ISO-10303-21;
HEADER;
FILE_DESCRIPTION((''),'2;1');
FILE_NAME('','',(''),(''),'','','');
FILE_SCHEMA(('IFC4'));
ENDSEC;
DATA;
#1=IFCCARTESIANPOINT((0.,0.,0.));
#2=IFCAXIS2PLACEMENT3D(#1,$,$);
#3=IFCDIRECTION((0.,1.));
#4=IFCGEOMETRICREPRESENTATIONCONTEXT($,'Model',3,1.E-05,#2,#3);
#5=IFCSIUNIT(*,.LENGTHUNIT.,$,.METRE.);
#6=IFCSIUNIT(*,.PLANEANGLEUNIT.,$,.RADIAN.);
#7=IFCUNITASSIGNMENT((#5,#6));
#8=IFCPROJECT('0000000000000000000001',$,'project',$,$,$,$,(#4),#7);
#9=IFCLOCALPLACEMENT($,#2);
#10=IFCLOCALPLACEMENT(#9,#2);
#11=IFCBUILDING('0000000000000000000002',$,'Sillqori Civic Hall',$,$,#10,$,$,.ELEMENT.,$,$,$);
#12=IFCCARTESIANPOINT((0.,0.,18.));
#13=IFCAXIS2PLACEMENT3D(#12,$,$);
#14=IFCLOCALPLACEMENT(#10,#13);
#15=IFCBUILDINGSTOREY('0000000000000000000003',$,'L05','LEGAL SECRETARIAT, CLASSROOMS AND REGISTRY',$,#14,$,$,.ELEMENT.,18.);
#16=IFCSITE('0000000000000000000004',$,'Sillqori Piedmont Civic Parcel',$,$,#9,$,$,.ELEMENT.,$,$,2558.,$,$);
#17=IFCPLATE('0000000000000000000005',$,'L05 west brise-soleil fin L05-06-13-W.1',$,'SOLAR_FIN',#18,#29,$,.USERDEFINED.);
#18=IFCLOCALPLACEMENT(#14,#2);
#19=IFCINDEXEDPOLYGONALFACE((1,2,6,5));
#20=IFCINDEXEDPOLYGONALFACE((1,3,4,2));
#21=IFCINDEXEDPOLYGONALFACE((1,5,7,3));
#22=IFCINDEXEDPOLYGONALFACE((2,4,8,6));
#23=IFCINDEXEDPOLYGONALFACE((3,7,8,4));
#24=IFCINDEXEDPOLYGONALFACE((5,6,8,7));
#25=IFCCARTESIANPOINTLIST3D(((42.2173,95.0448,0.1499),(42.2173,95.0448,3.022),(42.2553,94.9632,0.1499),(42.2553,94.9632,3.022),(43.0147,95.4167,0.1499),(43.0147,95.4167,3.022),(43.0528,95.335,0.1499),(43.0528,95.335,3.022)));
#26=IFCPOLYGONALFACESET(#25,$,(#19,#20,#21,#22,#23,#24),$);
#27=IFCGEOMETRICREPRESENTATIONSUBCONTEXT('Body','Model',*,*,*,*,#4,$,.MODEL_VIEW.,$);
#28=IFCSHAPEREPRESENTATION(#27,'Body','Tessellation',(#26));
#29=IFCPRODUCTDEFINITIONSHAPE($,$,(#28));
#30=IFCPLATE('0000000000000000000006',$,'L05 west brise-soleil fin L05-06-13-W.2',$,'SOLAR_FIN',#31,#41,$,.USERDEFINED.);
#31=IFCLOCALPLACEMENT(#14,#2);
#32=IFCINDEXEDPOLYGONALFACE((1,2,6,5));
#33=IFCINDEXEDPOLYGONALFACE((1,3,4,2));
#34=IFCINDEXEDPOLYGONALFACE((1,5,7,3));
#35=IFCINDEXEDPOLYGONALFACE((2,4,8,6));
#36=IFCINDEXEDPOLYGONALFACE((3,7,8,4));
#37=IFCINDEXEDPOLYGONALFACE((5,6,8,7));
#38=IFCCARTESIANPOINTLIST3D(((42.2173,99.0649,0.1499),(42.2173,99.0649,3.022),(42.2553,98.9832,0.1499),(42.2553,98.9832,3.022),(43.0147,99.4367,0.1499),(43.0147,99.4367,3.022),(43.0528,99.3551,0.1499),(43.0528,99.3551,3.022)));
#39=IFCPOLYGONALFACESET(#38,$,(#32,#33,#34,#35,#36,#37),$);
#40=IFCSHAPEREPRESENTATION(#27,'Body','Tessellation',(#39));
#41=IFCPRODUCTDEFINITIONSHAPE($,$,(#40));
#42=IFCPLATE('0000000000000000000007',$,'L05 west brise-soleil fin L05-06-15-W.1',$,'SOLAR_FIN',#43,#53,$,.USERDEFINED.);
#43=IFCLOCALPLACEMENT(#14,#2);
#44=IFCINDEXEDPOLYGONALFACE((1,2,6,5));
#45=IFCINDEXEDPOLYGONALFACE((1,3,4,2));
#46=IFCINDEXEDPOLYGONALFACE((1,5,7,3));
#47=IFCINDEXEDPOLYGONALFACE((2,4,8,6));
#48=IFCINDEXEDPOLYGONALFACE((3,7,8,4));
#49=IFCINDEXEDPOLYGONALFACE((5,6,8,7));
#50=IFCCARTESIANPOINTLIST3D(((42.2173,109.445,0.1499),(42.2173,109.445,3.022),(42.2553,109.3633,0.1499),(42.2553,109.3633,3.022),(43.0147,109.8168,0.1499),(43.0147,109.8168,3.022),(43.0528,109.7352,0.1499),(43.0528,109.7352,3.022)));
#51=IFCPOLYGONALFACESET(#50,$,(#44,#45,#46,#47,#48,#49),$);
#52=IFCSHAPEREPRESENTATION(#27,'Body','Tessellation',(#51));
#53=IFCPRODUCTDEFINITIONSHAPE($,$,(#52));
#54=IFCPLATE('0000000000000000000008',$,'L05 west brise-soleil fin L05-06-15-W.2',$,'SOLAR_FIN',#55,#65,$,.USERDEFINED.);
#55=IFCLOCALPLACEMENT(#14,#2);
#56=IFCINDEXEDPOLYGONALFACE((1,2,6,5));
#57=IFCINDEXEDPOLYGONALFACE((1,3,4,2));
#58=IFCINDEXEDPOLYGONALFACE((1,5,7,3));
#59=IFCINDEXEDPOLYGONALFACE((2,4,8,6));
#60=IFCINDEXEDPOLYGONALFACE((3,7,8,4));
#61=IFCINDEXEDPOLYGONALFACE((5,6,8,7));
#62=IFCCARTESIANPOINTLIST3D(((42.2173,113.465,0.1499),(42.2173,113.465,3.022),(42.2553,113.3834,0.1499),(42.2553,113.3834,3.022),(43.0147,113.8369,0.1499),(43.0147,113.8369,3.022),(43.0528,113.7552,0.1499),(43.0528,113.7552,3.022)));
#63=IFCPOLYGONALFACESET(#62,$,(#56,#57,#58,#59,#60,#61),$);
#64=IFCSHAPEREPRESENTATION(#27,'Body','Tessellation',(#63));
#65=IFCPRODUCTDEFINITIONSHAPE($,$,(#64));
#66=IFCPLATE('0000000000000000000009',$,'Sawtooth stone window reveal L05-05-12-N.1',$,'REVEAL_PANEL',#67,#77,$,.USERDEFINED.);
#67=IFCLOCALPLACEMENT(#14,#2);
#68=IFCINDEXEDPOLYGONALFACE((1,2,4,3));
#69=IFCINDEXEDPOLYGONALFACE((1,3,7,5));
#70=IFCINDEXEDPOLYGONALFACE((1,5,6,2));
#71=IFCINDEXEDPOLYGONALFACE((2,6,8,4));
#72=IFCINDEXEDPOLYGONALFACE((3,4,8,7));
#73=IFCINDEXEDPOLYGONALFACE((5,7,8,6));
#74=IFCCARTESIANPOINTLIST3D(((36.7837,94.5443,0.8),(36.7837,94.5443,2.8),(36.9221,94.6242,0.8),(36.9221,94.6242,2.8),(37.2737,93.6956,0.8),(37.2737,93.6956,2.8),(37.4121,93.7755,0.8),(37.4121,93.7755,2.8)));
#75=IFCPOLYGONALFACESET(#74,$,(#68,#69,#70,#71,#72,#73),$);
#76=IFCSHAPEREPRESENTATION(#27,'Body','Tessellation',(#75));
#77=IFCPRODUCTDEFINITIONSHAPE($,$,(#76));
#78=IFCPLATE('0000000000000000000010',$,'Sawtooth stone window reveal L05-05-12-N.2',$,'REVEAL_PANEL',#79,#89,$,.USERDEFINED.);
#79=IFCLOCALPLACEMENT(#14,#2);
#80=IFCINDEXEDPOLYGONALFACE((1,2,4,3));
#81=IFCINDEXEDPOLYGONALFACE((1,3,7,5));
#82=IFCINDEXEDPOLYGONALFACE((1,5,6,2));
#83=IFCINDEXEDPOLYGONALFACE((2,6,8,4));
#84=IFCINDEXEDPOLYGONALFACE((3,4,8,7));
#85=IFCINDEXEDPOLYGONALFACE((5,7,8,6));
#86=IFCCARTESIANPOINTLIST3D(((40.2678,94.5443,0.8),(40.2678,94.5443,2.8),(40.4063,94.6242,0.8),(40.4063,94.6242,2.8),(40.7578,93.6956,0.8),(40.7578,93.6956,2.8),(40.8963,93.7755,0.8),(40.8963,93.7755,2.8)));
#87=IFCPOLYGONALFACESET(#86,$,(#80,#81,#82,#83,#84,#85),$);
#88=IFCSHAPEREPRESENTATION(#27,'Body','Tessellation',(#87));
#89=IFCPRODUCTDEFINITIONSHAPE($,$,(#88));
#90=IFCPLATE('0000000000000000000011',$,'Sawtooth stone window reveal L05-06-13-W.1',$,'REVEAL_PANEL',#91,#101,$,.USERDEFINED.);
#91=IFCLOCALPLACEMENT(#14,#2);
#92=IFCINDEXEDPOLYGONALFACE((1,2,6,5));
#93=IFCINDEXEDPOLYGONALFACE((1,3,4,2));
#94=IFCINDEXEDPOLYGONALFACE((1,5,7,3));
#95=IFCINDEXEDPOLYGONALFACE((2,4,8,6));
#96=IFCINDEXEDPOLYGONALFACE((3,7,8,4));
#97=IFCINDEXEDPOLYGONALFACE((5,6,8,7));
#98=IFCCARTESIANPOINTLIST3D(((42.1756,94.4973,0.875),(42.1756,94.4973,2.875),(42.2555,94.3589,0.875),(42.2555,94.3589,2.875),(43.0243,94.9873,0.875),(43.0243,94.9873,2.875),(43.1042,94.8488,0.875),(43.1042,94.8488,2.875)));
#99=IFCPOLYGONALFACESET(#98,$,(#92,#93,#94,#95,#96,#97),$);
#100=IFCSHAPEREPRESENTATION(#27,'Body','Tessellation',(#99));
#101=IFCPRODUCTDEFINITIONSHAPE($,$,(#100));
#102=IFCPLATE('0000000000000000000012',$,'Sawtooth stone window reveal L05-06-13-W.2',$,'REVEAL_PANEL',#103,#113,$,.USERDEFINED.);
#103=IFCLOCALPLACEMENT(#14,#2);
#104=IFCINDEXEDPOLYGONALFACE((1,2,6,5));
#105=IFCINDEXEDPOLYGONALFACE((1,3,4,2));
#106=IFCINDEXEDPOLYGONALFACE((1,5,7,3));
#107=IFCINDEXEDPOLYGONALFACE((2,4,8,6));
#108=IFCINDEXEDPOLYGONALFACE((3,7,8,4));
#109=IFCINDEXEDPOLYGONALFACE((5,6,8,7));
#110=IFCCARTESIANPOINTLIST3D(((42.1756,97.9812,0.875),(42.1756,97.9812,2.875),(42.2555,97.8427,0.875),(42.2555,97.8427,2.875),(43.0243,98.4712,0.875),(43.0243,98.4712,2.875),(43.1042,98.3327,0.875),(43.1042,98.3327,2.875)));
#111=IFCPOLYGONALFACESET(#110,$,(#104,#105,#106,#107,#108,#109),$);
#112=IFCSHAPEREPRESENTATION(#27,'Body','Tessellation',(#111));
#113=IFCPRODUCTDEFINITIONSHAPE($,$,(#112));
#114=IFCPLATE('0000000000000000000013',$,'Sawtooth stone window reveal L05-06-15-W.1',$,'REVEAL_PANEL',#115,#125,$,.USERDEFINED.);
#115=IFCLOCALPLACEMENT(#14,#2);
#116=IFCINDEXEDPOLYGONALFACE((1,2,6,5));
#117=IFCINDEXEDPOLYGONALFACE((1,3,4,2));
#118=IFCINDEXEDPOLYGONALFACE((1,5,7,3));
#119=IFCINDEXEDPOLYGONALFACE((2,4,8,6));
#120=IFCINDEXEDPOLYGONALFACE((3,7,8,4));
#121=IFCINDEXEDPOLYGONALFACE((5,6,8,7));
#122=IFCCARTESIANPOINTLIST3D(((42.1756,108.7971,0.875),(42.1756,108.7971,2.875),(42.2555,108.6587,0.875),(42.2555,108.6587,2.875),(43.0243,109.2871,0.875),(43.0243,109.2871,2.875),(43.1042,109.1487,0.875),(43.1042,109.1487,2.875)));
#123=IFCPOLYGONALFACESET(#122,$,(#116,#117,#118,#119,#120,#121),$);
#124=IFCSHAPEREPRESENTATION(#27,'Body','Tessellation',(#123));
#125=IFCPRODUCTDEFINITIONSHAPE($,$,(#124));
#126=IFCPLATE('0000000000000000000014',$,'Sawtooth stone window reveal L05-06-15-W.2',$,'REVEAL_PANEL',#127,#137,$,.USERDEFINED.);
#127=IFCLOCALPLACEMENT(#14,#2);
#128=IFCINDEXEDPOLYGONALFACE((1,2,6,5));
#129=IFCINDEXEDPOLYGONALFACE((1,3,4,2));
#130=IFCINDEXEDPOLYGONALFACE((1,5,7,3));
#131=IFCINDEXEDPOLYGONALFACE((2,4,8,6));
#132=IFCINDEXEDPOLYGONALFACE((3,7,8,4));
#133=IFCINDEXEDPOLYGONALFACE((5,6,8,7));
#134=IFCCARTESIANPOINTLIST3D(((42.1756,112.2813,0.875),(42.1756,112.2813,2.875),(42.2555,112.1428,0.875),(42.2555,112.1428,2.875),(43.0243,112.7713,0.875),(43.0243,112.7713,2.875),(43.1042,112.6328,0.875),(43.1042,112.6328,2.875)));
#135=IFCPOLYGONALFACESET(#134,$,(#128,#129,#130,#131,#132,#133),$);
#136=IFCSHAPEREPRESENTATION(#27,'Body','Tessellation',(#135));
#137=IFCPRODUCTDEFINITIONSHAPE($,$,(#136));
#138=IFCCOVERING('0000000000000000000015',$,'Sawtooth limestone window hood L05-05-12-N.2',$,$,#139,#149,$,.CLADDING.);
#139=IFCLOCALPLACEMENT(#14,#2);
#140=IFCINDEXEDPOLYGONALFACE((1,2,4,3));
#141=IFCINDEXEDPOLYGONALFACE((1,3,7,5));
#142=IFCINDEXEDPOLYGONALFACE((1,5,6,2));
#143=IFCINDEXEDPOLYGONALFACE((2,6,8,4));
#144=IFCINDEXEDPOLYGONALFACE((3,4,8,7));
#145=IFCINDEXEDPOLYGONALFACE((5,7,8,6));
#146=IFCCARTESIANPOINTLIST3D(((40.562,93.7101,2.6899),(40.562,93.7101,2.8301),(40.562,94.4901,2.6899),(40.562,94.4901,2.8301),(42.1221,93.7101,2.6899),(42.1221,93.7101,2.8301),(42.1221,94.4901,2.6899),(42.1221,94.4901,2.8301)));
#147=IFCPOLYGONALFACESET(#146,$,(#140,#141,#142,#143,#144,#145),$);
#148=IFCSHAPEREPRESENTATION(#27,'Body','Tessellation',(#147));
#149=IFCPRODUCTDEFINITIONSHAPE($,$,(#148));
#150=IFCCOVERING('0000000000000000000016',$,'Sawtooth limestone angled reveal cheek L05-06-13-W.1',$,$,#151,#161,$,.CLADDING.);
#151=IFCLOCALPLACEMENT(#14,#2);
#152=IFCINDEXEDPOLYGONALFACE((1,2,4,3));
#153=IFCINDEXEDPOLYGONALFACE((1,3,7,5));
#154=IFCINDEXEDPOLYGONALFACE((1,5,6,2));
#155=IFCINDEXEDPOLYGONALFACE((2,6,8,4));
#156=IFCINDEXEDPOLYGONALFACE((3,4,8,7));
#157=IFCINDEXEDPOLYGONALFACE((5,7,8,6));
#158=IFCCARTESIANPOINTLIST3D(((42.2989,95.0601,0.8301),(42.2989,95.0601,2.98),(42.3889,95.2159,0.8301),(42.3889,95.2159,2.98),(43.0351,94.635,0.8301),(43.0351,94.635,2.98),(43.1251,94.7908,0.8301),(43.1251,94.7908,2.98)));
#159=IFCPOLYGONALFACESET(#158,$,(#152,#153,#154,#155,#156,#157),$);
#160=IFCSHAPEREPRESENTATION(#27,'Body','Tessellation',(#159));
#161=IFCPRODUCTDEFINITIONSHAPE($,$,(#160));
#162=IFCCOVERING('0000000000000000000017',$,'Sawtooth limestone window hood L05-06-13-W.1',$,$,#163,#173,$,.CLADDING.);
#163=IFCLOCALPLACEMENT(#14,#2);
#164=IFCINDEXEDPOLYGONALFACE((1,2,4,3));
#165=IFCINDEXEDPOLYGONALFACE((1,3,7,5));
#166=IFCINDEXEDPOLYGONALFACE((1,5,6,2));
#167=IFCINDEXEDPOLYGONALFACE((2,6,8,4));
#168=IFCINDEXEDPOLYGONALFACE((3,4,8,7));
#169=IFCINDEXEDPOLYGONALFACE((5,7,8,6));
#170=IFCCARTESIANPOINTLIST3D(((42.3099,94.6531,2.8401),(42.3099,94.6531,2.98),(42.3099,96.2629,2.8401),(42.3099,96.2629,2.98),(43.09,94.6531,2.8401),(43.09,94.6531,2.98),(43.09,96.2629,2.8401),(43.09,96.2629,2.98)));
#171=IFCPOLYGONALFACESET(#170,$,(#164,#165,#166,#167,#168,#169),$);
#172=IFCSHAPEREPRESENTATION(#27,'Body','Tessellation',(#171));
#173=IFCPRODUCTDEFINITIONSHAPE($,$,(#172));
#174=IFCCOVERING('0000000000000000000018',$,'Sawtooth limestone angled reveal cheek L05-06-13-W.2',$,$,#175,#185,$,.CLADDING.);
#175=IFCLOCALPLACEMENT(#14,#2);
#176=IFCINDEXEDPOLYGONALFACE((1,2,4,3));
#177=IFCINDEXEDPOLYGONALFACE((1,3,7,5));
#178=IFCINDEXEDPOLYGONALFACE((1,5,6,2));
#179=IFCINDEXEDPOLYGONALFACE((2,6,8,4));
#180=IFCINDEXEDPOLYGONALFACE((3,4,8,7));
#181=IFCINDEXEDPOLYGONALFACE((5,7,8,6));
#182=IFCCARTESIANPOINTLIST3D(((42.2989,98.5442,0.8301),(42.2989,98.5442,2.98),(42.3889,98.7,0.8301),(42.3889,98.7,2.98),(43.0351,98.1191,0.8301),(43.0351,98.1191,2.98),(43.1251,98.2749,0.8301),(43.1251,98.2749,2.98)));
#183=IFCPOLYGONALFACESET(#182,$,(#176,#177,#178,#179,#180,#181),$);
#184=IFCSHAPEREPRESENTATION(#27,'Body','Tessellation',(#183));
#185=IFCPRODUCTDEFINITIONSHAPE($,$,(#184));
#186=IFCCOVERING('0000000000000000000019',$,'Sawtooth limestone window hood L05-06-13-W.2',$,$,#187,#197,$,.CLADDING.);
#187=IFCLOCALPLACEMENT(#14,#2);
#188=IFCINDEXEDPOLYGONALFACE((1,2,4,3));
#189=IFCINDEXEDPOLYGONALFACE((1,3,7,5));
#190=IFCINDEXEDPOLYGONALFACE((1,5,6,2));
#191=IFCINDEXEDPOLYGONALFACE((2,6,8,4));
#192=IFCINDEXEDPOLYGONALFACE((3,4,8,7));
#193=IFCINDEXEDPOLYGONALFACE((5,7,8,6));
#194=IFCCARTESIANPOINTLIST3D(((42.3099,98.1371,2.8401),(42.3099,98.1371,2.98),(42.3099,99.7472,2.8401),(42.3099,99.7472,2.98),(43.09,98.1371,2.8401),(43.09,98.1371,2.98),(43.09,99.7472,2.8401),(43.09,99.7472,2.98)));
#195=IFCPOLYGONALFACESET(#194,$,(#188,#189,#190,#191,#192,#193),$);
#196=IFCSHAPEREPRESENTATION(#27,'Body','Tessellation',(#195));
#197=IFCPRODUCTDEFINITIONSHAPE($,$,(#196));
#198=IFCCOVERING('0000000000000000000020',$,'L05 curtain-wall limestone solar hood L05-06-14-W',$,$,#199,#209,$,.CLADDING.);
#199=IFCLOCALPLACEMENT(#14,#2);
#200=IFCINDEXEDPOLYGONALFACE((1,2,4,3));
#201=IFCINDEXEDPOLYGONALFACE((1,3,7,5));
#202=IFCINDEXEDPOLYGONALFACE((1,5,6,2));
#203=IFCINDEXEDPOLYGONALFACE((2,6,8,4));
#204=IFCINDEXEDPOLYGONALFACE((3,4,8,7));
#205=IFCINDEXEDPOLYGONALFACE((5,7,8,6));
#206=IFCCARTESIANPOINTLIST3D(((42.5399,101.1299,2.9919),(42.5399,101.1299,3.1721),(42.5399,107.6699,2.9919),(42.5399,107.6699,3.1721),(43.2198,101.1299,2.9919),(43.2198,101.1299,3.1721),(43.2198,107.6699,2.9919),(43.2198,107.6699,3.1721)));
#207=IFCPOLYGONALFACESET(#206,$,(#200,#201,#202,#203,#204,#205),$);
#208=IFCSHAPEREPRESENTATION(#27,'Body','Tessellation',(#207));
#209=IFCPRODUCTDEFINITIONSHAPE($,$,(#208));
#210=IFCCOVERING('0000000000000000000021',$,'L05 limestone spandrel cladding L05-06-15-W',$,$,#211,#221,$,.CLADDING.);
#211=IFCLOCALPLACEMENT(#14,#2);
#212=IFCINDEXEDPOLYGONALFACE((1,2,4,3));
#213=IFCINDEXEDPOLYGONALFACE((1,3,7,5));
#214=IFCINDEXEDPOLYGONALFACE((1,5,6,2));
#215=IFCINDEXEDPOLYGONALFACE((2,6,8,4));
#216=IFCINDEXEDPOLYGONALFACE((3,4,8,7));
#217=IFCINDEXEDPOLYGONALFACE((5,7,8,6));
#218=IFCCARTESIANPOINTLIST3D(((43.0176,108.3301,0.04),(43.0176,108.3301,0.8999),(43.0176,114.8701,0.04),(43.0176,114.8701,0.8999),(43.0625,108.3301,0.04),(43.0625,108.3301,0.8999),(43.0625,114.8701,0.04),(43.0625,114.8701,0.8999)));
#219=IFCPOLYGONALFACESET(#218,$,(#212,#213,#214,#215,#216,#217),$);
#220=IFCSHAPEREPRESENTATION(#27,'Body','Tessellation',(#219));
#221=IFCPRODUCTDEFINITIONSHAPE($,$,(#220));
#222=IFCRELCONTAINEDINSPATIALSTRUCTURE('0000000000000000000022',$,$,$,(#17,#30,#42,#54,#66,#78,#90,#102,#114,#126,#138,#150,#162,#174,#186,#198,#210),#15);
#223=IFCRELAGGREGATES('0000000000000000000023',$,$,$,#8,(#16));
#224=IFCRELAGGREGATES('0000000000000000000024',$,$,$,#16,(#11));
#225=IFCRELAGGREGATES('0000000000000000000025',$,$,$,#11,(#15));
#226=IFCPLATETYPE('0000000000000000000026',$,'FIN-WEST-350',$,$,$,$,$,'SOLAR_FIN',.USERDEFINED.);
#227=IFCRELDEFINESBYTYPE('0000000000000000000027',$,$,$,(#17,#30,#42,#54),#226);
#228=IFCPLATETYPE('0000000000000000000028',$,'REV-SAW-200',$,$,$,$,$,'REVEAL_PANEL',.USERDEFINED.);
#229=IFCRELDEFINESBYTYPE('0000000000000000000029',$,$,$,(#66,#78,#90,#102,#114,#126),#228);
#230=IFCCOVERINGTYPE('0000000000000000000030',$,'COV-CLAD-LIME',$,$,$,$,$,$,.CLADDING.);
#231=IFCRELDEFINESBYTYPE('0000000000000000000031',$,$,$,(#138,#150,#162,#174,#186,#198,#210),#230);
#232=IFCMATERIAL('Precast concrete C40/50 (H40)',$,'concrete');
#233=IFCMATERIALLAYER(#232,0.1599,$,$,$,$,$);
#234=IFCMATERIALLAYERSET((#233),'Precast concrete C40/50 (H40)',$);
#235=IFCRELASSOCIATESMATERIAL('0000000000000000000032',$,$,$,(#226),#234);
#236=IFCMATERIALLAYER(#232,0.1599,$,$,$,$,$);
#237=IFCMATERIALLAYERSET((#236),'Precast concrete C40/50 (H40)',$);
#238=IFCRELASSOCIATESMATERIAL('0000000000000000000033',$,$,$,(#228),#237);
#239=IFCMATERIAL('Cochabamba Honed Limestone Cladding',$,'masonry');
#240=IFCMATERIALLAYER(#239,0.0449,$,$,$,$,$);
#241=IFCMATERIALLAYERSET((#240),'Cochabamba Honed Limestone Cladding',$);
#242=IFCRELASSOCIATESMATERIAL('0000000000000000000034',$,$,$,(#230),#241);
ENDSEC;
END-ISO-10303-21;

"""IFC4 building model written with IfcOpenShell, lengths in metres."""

from ifc_helpers import new_model, si_unit, direction, frame, frame_2d, origin, origin_2d, place, context, subcontext, project, spatial, rectangle, extrude, material, layer, layer_set, type_object, element, save


model = new_model("IFC4")

# Units and contexts
model_context = context("Model", 3, precision=1e-05, world=origin(), true_north=direction((0.0, 1.0)))
body_context = subcontext(model_context, "Body", "Model", "MODEL_VIEW")
ifc_project = project(units=[si_unit("LENGTHUNIT", "METRE"), si_unit("PLANEANGLEUNIT", "RADIAN")], contexts=[model_context])

# Site, building, storey
site_placement = place(None, origin())
site = spatial("IfcSite", under=ifc_project, at=site_placement, Name="Sillqori Piedmont Civic Parcel", CompositionType="ELEMENT", RefElevation=2558.0)
building_placement = place(site_placement, origin())
building = spatial("IfcBuilding", under=site, at=building_placement, Name="Sillqori Civic Hall", CompositionType="ELEMENT")
storey_placement = place(building_placement, frame((0.0, 0.0, 18.0)))
storey = spatial("IfcBuildingStorey", under=building, at=storey_placement, Name="L05", Description="LEGAL SECRETARIAT, CLASSROOMS AND REGISTRY", CompositionType="ELEMENT", Elevation=18.0)

# Plates
ifc_material_1 = material(Name="Precast concrete C40/50 (H40)", Category="concrete")
ifc_layer_1 = layer(ifc_material_1, 0.1599)
ifc_layer_set_1 = layer_set([ifc_layer_1], Name="Precast concrete C40/50 (H40)")
plate_type_1 = type_object("IfcPlateType", Name="FIN-WEST-350", ElementType="SOLAR_FIN", PredefinedType="USERDEFINED", material=ifc_layer_set_1)
for number, where, z_axis, x_axis, name in (
    (1, (42.635, 95.1899, 0.1499), (0.0, 0.0, 1.0), (-0.422618, 0.906308, 0.0), "L05 west brise-soleil fin L05-06-13-W.1"),
    (2, (42.635, 99.21, 0.1499), (0.0, 0.0, 1.0), (-0.422618, 0.906308, 0.0), "L05 west brise-soleil fin L05-06-13-W.2"),
    (3, (42.635, 109.5901, 0.1499), (0.0, 0.0, 1.0), (-0.422618, 0.906308, 0.0), "L05 west brise-soleil fin L05-06-15-W.1"),
    (4, (42.635, 113.6101, 0.1499), (0.0, 0.0, 1.0), (-0.422618, 0.906308, 0.0), "L05 west brise-soleil fin L05-06-15-W.2"),
):
    element("IfcPlate", number, at=place(storey_placement, frame(where, z_axis=z_axis, x_axis=x_axis)), inside=storey, type_object=plate_type_1, Name=name, ObjectType="SOLAR_FIN", PredefinedType="USERDEFINED", context=body_context, shape_type="SweptSolid", body=[
        extrude(rectangle(XDim=0.0901, YDim=0.8799, at=origin_2d()), origin(), (0.0, 0.0, 1.0), 2.8721),
    ])
ifc_layer_2 = layer(ifc_material_1, 0.1599)
ifc_layer_set_2 = layer_set([ifc_layer_2], Name="Precast concrete C40/50 (H40)")
plate_type_2 = type_object("IfcPlateType", Name="REV-SAW-200", ElementType="REVEAL_PANEL", PredefinedType="USERDEFINED", material=ifc_layer_set_2)
for number, where, z_axis, x_axis, name in (
    (5, (37.0979, 94.1599, 0.8), (0.0, 0.0, 1.0), (0.866025, 0.5, 0.0), "Sawtooth stone window reveal L05-05-12-N.1"),
    (6, (40.582, 94.1599, 0.8), (0.0, 0.0, 1.0), (0.866025, 0.5, 0.0), "Sawtooth stone window reveal L05-05-12-N.2"),
    (7, (42.6399, 94.6731, 0.875), (0.0, 0.0, 1.0), (-0.5, 0.866025, 0.0), "Sawtooth stone window reveal L05-06-13-W.1"),
    (8, (42.6399, 98.157, 0.875), (0.0, 0.0, 1.0), (-0.5, 0.866025, 0.0), "Sawtooth stone window reveal L05-06-13-W.2"),
    (9, (42.6399, 108.9729, 0.875), (0.0, 0.0, 1.0), (-0.5, 0.866025, 0.0), "Sawtooth stone window reveal L05-06-15-W.1"),
    (10, (42.6399, 112.457, 0.875), (0.0, 0.0, 1.0), (-0.5, 0.866025, 0.0), "Sawtooth stone window reveal L05-06-15-W.2"),
):
    element("IfcPlate", number, at=place(storey_placement, frame(where, z_axis=z_axis, x_axis=x_axis)), inside=storey, type_object=plate_type_2, Name=name, ObjectType="REVEAL_PANEL", PredefinedType="USERDEFINED", context=body_context, shape_type="SweptSolid", body=[
        extrude(rectangle(XDim=0.1599, YDim=0.98, at=origin_2d()), origin(), (0.0, 0.0, 1.0), 2.0),
    ])

# Coverings
ifc_material_2 = material(Name="Cochabamba Honed Limestone Cladding", Category="masonry")
ifc_layer_3 = layer(ifc_material_2, 0.0449)
ifc_layer_set_3 = layer_set([ifc_layer_3], Name="Cochabamba Honed Limestone Cladding")
covering_type = type_object("IfcCoveringType", Name="COV-CLAD-LIME", PredefinedType="CLADDING", material=ifc_layer_set_3)
covering_1_placement = place(storey_placement, frame((40.562, 94.1001, 2.6899), z_axis=(0.0, 0.0, 1.0), x_axis=(1.0, 0.0, 0.0)))
element("IfcCovering", 11, at=covering_1_placement, inside=storey, type_object=covering_type, Name="Sawtooth limestone window hood L05-05-12-N.2", PredefinedType="CLADDING", context=body_context, shape_type="SweptSolid", body=[
    extrude(rectangle(XDim=1.5601, YDim=0.78, at=frame_2d((0.78, 0.0))), origin(), (0.0, 0.0, 1.0), 0.1401),
])
covering_2_placement = place(storey_placement, frame((43.0801, 94.7129, 0.8301), z_axis=(0.0, 0.0, 1.0), x_axis=(-0.865989, 0.500062, 0.0)))
element("IfcCovering", 12, at=covering_2_placement, inside=storey, type_object=covering_type, Name="Sawtooth limestone angled reveal cheek L05-06-13-W.1", PredefinedType="CLADDING", context=body_context, shape_type="SweptSolid", body=[
    extrude(rectangle(XDim=0.8501, YDim=0.1799, at=frame_2d((0.425, 0.0))), origin(), (0.0, 0.0, 1.0), 2.1499),
])
covering_3_placement = place(storey_placement, frame((42.7, 94.6531, 2.8401), z_axis=(0.0, 0.0, 1.0), x_axis=(0.0, 1.0, 0.0)))
element("IfcCovering", 13, at=covering_3_placement, inside=storey, type_object=covering_type, Name="Sawtooth limestone window hood L05-06-13-W.1", PredefinedType="CLADDING", context=body_context, shape_type="SweptSolid", body=[
    extrude(rectangle(XDim=1.6099, YDim=0.78, at=frame_2d((0.8049, 0.0))), origin(), (0.0, 0.0, 1.0), 0.1399),
])
covering_4_placement = place(storey_placement, frame((43.0801, 98.197, 0.8301), z_axis=(0.0, 0.0, 1.0), x_axis=(-0.865989, 0.500062, 0.0)))
element("IfcCovering", 14, at=covering_4_placement, inside=storey, type_object=covering_type, Name="Sawtooth limestone angled reveal cheek L05-06-13-W.2", PredefinedType="CLADDING", context=body_context, shape_type="SweptSolid", body=[
    extrude(rectangle(XDim=0.8501, YDim=0.1799, at=frame_2d((0.425, 0.0))), origin(), (0.0, 0.0, 1.0), 2.1499),
])
covering_5_placement = place(storey_placement, frame((42.7, 98.137, 2.8401), z_axis=(0.0, 0.0, 1.0), x_axis=(0.0, 1.0, 0.0)))
element("IfcCovering", 15, at=covering_5_placement, inside=storey, type_object=covering_type, Name="Sawtooth limestone window hood L05-06-13-W.2", PredefinedType="CLADDING", context=body_context, shape_type="SweptSolid", body=[
    extrude(rectangle(XDim=1.6101, YDim=0.78, at=frame_2d((0.8052, 0.0))), origin(), (0.0, 0.0, 1.0), 0.1399),
])
covering_6_placement = place(storey_placement, frame((42.8799, 101.1299, 2.9919), z_axis=(0.0, 0.0, 1.0), x_axis=(0.0, 1.0, 0.0)))
element("IfcCovering", 16, at=covering_6_placement, inside=storey, type_object=covering_type, Name="L05 curtain-wall limestone solar hood L05-06-14-W", PredefinedType="CLADDING", context=body_context, shape_type="SweptSolid", body=[
    extrude(rectangle(XDim=6.54, YDim=0.6799, at=frame_2d((3.27, 0.0))), origin(), (0.0, 0.0, 1.0), 0.1802),
])
covering_7_placement = place(storey_placement, frame((43.04, 108.3301, 0.04), z_axis=(0.0, 0.0, 1.0), x_axis=(0.0, 1.0, 0.0)))
element("IfcCovering", 17, at=covering_7_placement, inside=storey, type_object=covering_type, Name="L05 limestone spandrel cladding L05-06-15-W", PredefinedType="CLADDING", context=body_context, shape_type="SweptSolid", body=[
    extrude(rectangle(XDim=6.54, YDim=0.0449, at=frame_2d((3.27, 0.0))), origin(), (0.0, 0.0, 1.0), 0.8599),
])

save(model, "model.ifc")
